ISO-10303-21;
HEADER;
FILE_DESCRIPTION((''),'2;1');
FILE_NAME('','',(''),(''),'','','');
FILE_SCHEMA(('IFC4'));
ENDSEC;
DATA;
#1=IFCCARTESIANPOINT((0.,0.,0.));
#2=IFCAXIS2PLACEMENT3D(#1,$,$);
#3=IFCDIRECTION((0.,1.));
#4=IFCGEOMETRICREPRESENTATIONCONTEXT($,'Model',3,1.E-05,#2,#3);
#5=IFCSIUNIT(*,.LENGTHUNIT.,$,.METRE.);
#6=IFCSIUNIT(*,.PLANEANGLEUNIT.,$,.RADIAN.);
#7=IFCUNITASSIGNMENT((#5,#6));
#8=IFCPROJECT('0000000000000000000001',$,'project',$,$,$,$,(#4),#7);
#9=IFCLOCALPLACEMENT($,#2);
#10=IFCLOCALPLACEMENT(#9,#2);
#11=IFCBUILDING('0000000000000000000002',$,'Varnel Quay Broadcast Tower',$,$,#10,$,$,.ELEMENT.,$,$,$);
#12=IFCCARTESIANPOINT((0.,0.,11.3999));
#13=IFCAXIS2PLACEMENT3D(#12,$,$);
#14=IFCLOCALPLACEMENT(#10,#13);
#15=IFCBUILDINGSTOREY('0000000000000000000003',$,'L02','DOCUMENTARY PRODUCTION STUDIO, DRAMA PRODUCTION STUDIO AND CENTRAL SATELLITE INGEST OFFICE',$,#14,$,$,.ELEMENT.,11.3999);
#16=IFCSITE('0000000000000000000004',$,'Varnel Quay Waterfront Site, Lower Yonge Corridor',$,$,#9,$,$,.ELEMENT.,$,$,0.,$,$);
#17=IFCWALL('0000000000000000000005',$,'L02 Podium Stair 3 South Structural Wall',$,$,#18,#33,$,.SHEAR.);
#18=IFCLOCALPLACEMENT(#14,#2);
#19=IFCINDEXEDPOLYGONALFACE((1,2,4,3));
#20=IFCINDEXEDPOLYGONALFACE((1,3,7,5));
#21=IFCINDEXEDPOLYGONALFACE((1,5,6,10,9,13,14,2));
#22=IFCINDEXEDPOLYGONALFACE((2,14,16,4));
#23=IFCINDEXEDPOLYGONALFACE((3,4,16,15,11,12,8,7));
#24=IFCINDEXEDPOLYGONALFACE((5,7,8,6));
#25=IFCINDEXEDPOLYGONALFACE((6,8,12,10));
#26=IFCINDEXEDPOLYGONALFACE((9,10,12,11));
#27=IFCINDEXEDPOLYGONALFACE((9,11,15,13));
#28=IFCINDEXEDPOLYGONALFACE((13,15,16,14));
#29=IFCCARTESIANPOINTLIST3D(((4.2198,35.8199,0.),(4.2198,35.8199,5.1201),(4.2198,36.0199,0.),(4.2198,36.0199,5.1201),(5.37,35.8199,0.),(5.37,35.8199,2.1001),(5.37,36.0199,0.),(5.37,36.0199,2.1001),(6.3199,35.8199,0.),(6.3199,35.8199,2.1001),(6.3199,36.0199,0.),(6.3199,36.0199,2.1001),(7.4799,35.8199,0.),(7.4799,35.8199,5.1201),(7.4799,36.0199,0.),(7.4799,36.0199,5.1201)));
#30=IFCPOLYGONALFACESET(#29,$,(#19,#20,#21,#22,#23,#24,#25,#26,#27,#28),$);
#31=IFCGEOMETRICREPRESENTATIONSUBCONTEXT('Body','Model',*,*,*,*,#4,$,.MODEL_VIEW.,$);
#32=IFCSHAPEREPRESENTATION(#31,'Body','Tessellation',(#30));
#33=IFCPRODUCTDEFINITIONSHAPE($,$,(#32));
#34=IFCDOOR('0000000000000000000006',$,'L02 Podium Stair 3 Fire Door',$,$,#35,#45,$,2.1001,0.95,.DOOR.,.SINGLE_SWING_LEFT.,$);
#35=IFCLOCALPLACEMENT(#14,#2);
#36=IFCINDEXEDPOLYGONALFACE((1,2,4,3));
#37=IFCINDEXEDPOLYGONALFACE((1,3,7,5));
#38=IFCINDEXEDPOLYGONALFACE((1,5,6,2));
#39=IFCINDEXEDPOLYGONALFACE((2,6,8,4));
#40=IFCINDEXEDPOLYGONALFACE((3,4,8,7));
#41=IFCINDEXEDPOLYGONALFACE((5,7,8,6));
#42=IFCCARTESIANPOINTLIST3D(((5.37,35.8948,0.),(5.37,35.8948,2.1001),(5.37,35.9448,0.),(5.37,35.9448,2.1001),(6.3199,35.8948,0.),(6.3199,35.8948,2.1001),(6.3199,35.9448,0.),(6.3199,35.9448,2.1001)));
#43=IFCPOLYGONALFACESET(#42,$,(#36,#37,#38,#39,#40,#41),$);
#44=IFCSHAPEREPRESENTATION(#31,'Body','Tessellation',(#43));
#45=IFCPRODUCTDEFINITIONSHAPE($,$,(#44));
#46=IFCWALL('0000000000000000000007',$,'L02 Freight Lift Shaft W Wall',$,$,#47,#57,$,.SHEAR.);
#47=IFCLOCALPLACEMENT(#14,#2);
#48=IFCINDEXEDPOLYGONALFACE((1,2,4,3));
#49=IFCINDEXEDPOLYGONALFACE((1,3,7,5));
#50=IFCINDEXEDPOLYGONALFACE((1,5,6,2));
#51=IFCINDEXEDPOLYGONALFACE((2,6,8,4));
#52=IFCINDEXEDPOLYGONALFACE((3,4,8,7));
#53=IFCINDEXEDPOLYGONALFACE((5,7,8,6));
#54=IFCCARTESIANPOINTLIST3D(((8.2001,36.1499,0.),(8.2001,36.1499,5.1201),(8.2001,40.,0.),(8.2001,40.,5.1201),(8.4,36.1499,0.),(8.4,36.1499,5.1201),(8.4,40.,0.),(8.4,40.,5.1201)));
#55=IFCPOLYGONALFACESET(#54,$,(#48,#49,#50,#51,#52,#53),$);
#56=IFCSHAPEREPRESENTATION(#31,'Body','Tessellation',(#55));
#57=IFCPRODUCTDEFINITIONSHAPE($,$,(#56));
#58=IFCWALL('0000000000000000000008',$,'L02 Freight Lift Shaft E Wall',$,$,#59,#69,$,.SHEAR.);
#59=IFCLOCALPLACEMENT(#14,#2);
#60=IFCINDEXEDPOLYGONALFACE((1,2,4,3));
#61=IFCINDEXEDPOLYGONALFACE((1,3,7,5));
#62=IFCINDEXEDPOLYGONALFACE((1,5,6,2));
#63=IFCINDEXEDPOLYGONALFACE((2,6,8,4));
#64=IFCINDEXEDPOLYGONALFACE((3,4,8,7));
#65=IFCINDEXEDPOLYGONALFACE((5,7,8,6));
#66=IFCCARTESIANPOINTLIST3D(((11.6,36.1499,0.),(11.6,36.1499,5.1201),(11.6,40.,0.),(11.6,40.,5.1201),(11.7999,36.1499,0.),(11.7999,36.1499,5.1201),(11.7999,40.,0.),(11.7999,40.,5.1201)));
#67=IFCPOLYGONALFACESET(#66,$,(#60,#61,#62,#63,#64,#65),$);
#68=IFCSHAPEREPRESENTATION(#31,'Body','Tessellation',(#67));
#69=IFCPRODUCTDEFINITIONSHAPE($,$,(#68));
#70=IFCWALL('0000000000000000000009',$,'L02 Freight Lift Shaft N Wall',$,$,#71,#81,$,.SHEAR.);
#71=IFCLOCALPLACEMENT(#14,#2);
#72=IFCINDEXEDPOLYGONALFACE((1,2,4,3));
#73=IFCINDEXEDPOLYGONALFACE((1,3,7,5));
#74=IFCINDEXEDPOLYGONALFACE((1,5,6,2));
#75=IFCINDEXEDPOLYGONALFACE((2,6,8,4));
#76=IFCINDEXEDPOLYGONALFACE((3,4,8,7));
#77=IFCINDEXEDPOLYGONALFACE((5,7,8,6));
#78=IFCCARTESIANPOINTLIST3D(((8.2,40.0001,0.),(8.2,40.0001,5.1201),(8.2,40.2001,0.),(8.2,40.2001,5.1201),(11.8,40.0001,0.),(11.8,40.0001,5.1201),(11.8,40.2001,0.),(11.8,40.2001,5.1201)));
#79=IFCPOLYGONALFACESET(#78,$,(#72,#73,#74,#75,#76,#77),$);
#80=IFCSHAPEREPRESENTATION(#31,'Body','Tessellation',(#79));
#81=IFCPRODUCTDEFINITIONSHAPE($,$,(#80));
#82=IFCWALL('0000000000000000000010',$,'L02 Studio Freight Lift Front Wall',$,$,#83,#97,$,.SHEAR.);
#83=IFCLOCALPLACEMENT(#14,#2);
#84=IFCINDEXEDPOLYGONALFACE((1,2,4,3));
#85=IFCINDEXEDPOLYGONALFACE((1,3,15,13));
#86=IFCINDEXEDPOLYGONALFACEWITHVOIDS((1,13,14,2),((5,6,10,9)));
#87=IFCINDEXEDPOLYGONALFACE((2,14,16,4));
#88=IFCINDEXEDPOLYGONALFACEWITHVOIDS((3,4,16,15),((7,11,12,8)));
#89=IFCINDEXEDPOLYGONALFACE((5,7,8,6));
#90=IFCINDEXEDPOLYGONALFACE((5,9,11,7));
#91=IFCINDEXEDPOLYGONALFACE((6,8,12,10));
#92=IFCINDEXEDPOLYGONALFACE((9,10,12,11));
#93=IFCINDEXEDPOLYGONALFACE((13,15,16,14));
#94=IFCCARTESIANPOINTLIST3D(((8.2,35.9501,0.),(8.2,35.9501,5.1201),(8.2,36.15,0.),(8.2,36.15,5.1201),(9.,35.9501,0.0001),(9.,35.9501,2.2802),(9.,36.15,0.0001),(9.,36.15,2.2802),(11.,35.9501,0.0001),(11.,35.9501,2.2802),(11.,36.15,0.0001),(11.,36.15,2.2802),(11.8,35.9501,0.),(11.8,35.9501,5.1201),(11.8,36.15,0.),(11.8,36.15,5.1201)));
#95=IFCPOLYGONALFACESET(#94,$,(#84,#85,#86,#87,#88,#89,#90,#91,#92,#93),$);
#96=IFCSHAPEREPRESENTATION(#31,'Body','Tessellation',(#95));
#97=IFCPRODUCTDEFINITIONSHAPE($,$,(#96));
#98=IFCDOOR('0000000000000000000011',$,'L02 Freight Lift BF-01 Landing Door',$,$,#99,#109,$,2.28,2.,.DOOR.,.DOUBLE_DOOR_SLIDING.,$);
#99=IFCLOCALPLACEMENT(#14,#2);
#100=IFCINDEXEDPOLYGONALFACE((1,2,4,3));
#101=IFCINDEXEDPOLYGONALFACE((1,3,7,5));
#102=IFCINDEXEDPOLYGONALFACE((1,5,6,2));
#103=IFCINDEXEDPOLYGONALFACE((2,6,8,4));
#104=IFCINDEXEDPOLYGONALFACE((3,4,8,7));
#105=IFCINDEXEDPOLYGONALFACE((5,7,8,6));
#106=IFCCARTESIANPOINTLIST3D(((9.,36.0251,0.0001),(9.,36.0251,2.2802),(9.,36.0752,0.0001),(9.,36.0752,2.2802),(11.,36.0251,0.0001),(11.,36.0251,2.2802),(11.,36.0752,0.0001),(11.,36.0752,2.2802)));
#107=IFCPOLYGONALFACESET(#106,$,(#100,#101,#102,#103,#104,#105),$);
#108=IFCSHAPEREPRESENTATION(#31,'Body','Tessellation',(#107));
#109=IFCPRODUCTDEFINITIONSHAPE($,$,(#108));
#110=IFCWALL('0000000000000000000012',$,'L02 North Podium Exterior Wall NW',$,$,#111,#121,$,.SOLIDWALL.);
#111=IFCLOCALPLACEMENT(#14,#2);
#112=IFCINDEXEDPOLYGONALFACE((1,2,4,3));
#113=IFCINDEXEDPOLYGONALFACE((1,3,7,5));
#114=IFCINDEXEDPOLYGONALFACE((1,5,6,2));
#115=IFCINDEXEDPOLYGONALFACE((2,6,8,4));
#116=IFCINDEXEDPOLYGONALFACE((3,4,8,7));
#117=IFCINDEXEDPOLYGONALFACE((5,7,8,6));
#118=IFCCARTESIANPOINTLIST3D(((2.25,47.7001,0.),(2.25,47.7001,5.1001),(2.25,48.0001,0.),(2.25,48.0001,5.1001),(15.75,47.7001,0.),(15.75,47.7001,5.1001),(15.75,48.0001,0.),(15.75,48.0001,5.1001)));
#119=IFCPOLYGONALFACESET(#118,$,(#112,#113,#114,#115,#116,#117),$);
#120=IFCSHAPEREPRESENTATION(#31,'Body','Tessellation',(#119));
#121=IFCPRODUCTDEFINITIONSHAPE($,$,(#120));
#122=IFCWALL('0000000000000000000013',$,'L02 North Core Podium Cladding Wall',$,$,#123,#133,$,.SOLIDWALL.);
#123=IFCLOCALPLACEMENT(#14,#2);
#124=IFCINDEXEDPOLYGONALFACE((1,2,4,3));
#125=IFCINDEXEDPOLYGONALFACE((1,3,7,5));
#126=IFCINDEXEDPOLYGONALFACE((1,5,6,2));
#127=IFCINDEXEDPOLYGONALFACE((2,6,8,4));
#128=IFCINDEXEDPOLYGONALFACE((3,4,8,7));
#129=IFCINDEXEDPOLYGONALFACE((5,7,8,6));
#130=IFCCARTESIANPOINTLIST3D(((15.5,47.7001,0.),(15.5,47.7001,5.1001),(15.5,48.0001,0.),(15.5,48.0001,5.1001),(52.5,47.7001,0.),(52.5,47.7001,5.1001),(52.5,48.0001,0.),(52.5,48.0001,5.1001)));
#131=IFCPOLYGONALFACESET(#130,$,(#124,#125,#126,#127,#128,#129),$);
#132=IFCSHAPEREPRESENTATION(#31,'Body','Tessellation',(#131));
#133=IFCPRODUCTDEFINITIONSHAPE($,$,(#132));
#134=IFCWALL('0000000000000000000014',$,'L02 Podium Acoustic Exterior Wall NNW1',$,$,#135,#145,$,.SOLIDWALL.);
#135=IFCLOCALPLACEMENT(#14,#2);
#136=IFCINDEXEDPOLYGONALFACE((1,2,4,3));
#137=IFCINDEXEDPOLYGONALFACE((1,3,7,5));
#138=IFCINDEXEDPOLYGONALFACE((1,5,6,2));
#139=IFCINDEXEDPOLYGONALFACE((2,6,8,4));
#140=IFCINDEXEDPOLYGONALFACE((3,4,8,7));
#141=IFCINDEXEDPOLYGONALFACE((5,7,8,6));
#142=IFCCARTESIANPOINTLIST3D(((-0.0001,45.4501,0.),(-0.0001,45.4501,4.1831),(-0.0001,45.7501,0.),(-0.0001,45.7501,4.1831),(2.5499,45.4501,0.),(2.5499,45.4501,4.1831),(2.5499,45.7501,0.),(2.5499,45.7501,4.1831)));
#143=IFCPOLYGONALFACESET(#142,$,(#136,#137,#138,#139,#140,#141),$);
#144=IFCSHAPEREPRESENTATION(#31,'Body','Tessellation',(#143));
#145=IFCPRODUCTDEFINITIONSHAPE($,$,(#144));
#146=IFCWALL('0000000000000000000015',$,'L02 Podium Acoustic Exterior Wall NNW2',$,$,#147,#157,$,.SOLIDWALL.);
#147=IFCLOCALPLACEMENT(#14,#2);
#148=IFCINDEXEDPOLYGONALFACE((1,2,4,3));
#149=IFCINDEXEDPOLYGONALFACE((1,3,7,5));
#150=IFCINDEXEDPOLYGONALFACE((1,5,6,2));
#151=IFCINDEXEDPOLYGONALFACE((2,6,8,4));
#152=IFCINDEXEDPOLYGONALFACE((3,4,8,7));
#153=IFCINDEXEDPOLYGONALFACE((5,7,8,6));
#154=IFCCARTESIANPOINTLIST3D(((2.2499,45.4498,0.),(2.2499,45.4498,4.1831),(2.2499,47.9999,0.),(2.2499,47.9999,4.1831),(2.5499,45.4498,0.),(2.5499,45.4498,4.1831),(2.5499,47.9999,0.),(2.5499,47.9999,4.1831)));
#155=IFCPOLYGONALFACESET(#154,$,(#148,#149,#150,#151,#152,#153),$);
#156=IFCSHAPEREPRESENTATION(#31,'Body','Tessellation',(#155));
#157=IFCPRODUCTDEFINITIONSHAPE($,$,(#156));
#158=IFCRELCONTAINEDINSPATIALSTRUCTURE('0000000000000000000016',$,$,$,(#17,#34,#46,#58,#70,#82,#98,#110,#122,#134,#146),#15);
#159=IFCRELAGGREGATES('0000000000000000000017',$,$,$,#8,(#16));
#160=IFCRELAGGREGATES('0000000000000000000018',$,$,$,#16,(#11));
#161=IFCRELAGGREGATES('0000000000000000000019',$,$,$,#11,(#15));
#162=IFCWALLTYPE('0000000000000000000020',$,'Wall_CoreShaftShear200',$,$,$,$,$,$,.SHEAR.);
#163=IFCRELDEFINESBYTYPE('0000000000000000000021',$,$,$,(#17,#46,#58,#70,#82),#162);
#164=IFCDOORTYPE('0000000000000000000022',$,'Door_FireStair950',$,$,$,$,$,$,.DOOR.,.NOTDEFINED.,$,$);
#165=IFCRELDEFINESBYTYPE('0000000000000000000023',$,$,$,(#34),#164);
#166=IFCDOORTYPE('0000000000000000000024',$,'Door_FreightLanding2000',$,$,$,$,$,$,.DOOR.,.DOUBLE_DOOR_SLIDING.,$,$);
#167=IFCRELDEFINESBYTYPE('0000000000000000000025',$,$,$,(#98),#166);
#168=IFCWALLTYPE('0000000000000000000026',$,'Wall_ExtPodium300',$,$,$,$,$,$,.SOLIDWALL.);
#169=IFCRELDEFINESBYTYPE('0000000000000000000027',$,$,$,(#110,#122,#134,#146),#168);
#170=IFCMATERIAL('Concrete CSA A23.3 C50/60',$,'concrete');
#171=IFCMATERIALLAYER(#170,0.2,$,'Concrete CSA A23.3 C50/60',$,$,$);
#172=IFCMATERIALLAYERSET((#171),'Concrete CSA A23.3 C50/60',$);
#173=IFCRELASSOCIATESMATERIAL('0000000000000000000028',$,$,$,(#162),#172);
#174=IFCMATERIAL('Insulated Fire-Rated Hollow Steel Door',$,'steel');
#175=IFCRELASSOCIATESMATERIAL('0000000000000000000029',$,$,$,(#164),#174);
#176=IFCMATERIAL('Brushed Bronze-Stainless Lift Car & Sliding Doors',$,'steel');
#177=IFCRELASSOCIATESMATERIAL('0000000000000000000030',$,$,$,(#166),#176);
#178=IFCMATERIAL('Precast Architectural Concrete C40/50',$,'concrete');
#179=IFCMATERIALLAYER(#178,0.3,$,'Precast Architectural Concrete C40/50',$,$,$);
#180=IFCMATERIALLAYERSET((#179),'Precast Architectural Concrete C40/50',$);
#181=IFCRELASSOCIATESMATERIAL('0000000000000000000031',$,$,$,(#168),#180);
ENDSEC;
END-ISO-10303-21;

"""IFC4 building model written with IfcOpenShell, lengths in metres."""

from ifc_helpers import new_model, si_unit, direction, frame, frame_2d, origin, place, context, subcontext, project, spatial, rectangle, extrude, source, transform, mapped, material, layer, layer_set, type_object, type_shapes, element, fill, save


model = new_model("IFC4")

# Units and contexts
model_context = context("Model", 3, precision=1e-05, world=origin(), true_north=direction((0.0, 1.0)))
body_context = subcontext(model_context, "Body", "Model", "MODEL_VIEW")
ifc_project = project(units=[si_unit("LENGTHUNIT", "METRE"), si_unit("PLANEANGLEUNIT", "RADIAN")], contexts=[model_context])

# Site, building, storey
site_placement = place(None, origin())
site = spatial("IfcSite", under=ifc_project, at=site_placement, Name="Varnel Quay Waterfront Site, Lower Yonge Corridor", CompositionType="ELEMENT", RefElevation=0.0)
building_placement = place(site_placement, origin())
building = spatial("IfcBuilding", under=site, at=building_placement, Name="Varnel Quay Broadcast Tower", CompositionType="ELEMENT")
storey_placement = place(building_placement, frame((0.0, 0.0, 11.3999)))
storey = spatial("IfcBuildingStorey", under=building, at=storey_placement, Name="L02", Description="DOCUMENTARY PRODUCTION STUDIO, DRAMA PRODUCTION STUDIO AND CENTRAL SATELLITE INGEST OFFICE", CompositionType="ELEMENT", Elevation=11.3999)

# Shared definitions
ifc_material_1 = material(Name="Concrete CSA A23.3 C50/60", Category="concrete")
ifc_layer_1 = layer(ifc_material_1, 0.2, Name="Concrete CSA A23.3 C50/60")
ifc_layer_set_1 = layer_set([ifc_layer_1], Name="Concrete CSA A23.3 C50/60")
wall_type_1 = type_object("IfcWallType", Name="Wall_CoreShaftShear200", PredefinedType="SHEAR", material=ifc_layer_set_1)

# Wall, opening, door
wall_1_placement = place(storey_placement, frame((4.22, 35.9199, 0.0), z_axis=(0.0, 0.0, 1.0), x_axis=(1.0, 0.0, 0.0)))
wall_1 = element("IfcWall", 1, at=wall_1_placement, inside=storey, type_object=wall_type_1, Name="L02 Podium Stair 3 South Structural Wall", PredefinedType="SHEAR", context=body_context, shape_type="SweptSolid", body=[
    extrude(rectangle(XDim=3.26, YDim=0.2, at=frame_2d((1.6299, 0.0))), origin(), (0.0, 0.0, 1.0), 5.1201),
])
opening_1_placement = place(wall_1_placement, frame((1.1499, 0.0, 0.0)))
opening_1 = element("IfcOpeningElement", 2, at=opening_1_placement, cuts=wall_1, PredefinedType="OPENING", context=body_context, shape_type="SweptSolid", body=[
    extrude(rectangle(XDim=0.95, YDim=2.1001, at=frame_2d((0.4751, 1.05))), frame((0.0, 0.1099, 0.0), z_axis=(0.0, -1.0, 0.0), x_axis=(1.0, 0.0, 0.0)), (0.0, 0.0, 1.0), 0.22),
])
ifc_material_2 = material(Name="Insulated Fire-Rated Hollow Steel Door", Category="steel")
door_type_1 = type_object("IfcDoorType", Name="Door_FireStair950", OperationType="NOTDEFINED", PredefinedType="DOOR", material=ifc_material_2)
shared_shape_1 = source(origin(), body_context, "Body", "SweptSolid", [
    extrude(rectangle(XDim=0.95, YDim=2.1001, at=frame_2d((0.4751, 1.05))), frame((0.0, 0.0249, 0.0), z_axis=(0.0, -1.0, 0.0), x_axis=(1.0, 0.0, 0.0)), (0.0, 0.0, 1.0), 0.05),
])
type_shapes(door_type_1, [shared_shape_1])
door_1_placement = place(opening_1_placement, origin())
door_1 = element("IfcDoor", 3, at=door_1_placement, inside=storey, type_object=door_type_1, Name="L02 Podium Stair 3 Fire Door", OperationType="SINGLE_SWING_LEFT", OverallHeight=2.1001, OverallWidth=0.95, PredefinedType="DOOR", context=body_context, shape_type="MappedRepresentation", body=[
    mapped(shared_shape_1, transform((0.0, 0.0, 0.0), x_axis=(1.0, 0.0, 0.0), y_axis=(0.0, 1.0, 0.0), z_axis=(0.0, 0.0, 1.0), scale=1.0)),
])
fill(opening_1, door_1)

# Walls
for number, where, z_axis, x_axis, name in (
    (4, (8.3, 36.1499, 0.0), (0.0, 0.0, 1.0), (0.0, 1.0, 0.0), "L02 Freight Lift Shaft W Wall"),
    (5, (11.7, 36.1499, 0.0), (0.0, 0.0, 1.0), (0.0, 1.0, 0.0), "L02 Freight Lift Shaft E Wall"),
):
    element("IfcWall", number, at=place(storey_placement, frame(where, z_axis=z_axis, x_axis=x_axis)), inside=storey, type_object=wall_type_1, Name=name, PredefinedType="SHEAR", context=body_context, shape_type="SweptSolid", body=[
        extrude(rectangle(XDim=3.8501, YDim=0.2, at=frame_2d((1.925, 0.0))), origin(), (0.0, 0.0, 1.0), 5.1201),
    ])
wall_2_placement = place(storey_placement, frame((8.2, 40.1001, 0.0), z_axis=(0.0, 0.0, 1.0), x_axis=(1.0, 0.0, 0.0)))
element("IfcWall", 6, at=wall_2_placement, inside=storey, type_object=wall_type_1, Name="L02 Freight Lift Shaft N Wall", PredefinedType="SHEAR", context=body_context, shape_type="SweptSolid", body=[
    extrude(rectangle(XDim=3.6001, YDim=0.2, at=frame_2d((1.8, 0.0))), origin(), (0.0, 0.0, 1.0), 5.1201),
])

# Wall, opening, door
wall_3_placement = place(storey_placement, frame((8.2, 36.05, 0.0), z_axis=(0.0, 0.0, 1.0), x_axis=(1.0, 0.0, 0.0)))
wall_3 = element("IfcWall", 7, at=wall_3_placement, inside=storey, type_object=wall_type_1, Name="L02 Studio Freight Lift Front Wall", PredefinedType="SHEAR", context=body_context, shape_type="SweptSolid", body=[
    extrude(rectangle(XDim=3.6001, YDim=0.2, at=frame_2d((1.8, 0.0))), origin(), (0.0, 0.0, 1.0), 5.1201),
])
opening_2_placement = place(wall_3_placement, frame((0.8, 0.0, 0.0)))
opening_2 = element("IfcOpeningElement", 8, at=opening_2_placement, cuts=wall_3, PredefinedType="OPENING", context=body_context, shape_type="SweptSolid", body=[
    extrude(rectangle(XDim=2.0, YDim=2.28, at=frame_2d((1.0, 1.1401))), frame((0.0, 0.1099, 0.0), z_axis=(0.0, -1.0, 0.0), x_axis=(1.0, 0.0, 0.0)), (0.0, 0.0, 1.0), 0.22),
])
ifc_material_3 = material(Name="Brushed Bronze-Stainless Lift Car & Sliding Doors", Category="steel")
door_type_2 = type_object("IfcDoorType", Name="Door_FreightLanding2000", OperationType="DOUBLE_DOOR_SLIDING", PredefinedType="DOOR", material=ifc_material_3)
shared_shape_2 = source(origin(), body_context, "Body", "SweptSolid", [
    extrude(rectangle(XDim=2.0, YDim=2.28, at=frame_2d((1.0, 1.1401))), frame((0.0, 0.0249, 0.0), z_axis=(0.0, -1.0, 0.0), x_axis=(1.0, 0.0, 0.0)), (0.0, 0.0, 1.0), 0.05),
])
type_shapes(door_type_2, [shared_shape_2])
door_2_placement = place(opening_2_placement, frame((2.0, 0.0, 0.0), z_axis=(0.0, 0.0, 1.0), x_axis=(-1.0, 0.0, 0.0)))
door_2 = element("IfcDoor", 9, at=door_2_placement, inside=storey, type_object=door_type_2, Name="L02 Freight Lift BF-01 Landing Door", OperationType="DOUBLE_DOOR_SLIDING", OverallHeight=2.28, OverallWidth=2.0, PredefinedType="DOOR", context=body_context, shape_type="MappedRepresentation", body=[
    mapped(shared_shape_2, transform((0.0, 0.0, 0.0), x_axis=(1.0, 0.0, 0.0), y_axis=(0.0, 1.0, 0.0), z_axis=(0.0, 0.0, 1.0), scale=1.0)),
])
fill(opening_2, door_2)

# Walls
ifc_material_4 = material(Name="Precast Architectural Concrete C40/50", Category="concrete")
ifc_layer_2 = layer(ifc_material_4, 0.3, Name="Precast Architectural Concrete C40/50")
ifc_layer_set_2 = layer_set([ifc_layer_2], Name="Precast Architectural Concrete C40/50")
wall_type_2 = type_object("IfcWallType", Name="Wall_ExtPodium300", PredefinedType="SOLIDWALL", material=ifc_layer_set_2)
wall_4_placement = place(storey_placement, frame((2.25, 47.8501, 0.0), z_axis=(0.0, 0.0, 1.0), x_axis=(1.0, 0.0, 0.0)))
element("IfcWall", 10, at=wall_4_placement, inside=storey, type_object=wall_type_2, Name="L02 North Podium Exterior Wall NW", PredefinedType="SOLIDWALL", context=body_context, shape_type="SweptSolid", body=[
    extrude(rectangle(XDim=13.5, YDim=0.3, at=frame_2d((6.75, 0.0))), origin(), (0.0, 0.0, 1.0), 5.1001),
])
wall_5_placement = place(storey_placement, frame((15.5, 47.8501, 0.0), z_axis=(0.0, 0.0, 1.0), x_axis=(1.0, 0.0, 0.0)))
element("IfcWall", 11, at=wall_5_placement, inside=storey, type_object=wall_type_2, Name="L02 North Core Podium Cladding Wall", PredefinedType="SOLIDWALL", context=body_context, shape_type="SweptSolid", body=[
    extrude(rectangle(XDim=37.0, YDim=0.3, at=frame_2d((18.5, 0.0))), origin(), (0.0, 0.0, 1.0), 5.1001),
])
for number, where, z_axis, x_axis, name in (
    (12, (0.0, 45.6001, 0.0), (0.0, 0.0, 1.0), (1.0, 0.0, 0.0), "L02 Podium Acoustic Exterior Wall NNW1"),
    (13, (2.3999, 45.45, 0.0), (0.0, 0.0, 1.0), (0.0, 1.0, 0.0), "L02 Podium Acoustic Exterior Wall NNW2"),
):
    element("IfcWall", number, at=place(storey_placement, frame(where, z_axis=z_axis, x_axis=x_axis)), inside=storey, type_object=wall_type_2, Name=name, PredefinedType="SOLIDWALL", context=body_context, shape_type="SweptSolid", body=[
        extrude(rectangle(XDim=2.55, YDim=0.3, at=frame_2d((1.2749, 0.0))), origin(), (0.0, 0.0, 1.0), 4.1831),
    ])

save(model, "model.ifc")
